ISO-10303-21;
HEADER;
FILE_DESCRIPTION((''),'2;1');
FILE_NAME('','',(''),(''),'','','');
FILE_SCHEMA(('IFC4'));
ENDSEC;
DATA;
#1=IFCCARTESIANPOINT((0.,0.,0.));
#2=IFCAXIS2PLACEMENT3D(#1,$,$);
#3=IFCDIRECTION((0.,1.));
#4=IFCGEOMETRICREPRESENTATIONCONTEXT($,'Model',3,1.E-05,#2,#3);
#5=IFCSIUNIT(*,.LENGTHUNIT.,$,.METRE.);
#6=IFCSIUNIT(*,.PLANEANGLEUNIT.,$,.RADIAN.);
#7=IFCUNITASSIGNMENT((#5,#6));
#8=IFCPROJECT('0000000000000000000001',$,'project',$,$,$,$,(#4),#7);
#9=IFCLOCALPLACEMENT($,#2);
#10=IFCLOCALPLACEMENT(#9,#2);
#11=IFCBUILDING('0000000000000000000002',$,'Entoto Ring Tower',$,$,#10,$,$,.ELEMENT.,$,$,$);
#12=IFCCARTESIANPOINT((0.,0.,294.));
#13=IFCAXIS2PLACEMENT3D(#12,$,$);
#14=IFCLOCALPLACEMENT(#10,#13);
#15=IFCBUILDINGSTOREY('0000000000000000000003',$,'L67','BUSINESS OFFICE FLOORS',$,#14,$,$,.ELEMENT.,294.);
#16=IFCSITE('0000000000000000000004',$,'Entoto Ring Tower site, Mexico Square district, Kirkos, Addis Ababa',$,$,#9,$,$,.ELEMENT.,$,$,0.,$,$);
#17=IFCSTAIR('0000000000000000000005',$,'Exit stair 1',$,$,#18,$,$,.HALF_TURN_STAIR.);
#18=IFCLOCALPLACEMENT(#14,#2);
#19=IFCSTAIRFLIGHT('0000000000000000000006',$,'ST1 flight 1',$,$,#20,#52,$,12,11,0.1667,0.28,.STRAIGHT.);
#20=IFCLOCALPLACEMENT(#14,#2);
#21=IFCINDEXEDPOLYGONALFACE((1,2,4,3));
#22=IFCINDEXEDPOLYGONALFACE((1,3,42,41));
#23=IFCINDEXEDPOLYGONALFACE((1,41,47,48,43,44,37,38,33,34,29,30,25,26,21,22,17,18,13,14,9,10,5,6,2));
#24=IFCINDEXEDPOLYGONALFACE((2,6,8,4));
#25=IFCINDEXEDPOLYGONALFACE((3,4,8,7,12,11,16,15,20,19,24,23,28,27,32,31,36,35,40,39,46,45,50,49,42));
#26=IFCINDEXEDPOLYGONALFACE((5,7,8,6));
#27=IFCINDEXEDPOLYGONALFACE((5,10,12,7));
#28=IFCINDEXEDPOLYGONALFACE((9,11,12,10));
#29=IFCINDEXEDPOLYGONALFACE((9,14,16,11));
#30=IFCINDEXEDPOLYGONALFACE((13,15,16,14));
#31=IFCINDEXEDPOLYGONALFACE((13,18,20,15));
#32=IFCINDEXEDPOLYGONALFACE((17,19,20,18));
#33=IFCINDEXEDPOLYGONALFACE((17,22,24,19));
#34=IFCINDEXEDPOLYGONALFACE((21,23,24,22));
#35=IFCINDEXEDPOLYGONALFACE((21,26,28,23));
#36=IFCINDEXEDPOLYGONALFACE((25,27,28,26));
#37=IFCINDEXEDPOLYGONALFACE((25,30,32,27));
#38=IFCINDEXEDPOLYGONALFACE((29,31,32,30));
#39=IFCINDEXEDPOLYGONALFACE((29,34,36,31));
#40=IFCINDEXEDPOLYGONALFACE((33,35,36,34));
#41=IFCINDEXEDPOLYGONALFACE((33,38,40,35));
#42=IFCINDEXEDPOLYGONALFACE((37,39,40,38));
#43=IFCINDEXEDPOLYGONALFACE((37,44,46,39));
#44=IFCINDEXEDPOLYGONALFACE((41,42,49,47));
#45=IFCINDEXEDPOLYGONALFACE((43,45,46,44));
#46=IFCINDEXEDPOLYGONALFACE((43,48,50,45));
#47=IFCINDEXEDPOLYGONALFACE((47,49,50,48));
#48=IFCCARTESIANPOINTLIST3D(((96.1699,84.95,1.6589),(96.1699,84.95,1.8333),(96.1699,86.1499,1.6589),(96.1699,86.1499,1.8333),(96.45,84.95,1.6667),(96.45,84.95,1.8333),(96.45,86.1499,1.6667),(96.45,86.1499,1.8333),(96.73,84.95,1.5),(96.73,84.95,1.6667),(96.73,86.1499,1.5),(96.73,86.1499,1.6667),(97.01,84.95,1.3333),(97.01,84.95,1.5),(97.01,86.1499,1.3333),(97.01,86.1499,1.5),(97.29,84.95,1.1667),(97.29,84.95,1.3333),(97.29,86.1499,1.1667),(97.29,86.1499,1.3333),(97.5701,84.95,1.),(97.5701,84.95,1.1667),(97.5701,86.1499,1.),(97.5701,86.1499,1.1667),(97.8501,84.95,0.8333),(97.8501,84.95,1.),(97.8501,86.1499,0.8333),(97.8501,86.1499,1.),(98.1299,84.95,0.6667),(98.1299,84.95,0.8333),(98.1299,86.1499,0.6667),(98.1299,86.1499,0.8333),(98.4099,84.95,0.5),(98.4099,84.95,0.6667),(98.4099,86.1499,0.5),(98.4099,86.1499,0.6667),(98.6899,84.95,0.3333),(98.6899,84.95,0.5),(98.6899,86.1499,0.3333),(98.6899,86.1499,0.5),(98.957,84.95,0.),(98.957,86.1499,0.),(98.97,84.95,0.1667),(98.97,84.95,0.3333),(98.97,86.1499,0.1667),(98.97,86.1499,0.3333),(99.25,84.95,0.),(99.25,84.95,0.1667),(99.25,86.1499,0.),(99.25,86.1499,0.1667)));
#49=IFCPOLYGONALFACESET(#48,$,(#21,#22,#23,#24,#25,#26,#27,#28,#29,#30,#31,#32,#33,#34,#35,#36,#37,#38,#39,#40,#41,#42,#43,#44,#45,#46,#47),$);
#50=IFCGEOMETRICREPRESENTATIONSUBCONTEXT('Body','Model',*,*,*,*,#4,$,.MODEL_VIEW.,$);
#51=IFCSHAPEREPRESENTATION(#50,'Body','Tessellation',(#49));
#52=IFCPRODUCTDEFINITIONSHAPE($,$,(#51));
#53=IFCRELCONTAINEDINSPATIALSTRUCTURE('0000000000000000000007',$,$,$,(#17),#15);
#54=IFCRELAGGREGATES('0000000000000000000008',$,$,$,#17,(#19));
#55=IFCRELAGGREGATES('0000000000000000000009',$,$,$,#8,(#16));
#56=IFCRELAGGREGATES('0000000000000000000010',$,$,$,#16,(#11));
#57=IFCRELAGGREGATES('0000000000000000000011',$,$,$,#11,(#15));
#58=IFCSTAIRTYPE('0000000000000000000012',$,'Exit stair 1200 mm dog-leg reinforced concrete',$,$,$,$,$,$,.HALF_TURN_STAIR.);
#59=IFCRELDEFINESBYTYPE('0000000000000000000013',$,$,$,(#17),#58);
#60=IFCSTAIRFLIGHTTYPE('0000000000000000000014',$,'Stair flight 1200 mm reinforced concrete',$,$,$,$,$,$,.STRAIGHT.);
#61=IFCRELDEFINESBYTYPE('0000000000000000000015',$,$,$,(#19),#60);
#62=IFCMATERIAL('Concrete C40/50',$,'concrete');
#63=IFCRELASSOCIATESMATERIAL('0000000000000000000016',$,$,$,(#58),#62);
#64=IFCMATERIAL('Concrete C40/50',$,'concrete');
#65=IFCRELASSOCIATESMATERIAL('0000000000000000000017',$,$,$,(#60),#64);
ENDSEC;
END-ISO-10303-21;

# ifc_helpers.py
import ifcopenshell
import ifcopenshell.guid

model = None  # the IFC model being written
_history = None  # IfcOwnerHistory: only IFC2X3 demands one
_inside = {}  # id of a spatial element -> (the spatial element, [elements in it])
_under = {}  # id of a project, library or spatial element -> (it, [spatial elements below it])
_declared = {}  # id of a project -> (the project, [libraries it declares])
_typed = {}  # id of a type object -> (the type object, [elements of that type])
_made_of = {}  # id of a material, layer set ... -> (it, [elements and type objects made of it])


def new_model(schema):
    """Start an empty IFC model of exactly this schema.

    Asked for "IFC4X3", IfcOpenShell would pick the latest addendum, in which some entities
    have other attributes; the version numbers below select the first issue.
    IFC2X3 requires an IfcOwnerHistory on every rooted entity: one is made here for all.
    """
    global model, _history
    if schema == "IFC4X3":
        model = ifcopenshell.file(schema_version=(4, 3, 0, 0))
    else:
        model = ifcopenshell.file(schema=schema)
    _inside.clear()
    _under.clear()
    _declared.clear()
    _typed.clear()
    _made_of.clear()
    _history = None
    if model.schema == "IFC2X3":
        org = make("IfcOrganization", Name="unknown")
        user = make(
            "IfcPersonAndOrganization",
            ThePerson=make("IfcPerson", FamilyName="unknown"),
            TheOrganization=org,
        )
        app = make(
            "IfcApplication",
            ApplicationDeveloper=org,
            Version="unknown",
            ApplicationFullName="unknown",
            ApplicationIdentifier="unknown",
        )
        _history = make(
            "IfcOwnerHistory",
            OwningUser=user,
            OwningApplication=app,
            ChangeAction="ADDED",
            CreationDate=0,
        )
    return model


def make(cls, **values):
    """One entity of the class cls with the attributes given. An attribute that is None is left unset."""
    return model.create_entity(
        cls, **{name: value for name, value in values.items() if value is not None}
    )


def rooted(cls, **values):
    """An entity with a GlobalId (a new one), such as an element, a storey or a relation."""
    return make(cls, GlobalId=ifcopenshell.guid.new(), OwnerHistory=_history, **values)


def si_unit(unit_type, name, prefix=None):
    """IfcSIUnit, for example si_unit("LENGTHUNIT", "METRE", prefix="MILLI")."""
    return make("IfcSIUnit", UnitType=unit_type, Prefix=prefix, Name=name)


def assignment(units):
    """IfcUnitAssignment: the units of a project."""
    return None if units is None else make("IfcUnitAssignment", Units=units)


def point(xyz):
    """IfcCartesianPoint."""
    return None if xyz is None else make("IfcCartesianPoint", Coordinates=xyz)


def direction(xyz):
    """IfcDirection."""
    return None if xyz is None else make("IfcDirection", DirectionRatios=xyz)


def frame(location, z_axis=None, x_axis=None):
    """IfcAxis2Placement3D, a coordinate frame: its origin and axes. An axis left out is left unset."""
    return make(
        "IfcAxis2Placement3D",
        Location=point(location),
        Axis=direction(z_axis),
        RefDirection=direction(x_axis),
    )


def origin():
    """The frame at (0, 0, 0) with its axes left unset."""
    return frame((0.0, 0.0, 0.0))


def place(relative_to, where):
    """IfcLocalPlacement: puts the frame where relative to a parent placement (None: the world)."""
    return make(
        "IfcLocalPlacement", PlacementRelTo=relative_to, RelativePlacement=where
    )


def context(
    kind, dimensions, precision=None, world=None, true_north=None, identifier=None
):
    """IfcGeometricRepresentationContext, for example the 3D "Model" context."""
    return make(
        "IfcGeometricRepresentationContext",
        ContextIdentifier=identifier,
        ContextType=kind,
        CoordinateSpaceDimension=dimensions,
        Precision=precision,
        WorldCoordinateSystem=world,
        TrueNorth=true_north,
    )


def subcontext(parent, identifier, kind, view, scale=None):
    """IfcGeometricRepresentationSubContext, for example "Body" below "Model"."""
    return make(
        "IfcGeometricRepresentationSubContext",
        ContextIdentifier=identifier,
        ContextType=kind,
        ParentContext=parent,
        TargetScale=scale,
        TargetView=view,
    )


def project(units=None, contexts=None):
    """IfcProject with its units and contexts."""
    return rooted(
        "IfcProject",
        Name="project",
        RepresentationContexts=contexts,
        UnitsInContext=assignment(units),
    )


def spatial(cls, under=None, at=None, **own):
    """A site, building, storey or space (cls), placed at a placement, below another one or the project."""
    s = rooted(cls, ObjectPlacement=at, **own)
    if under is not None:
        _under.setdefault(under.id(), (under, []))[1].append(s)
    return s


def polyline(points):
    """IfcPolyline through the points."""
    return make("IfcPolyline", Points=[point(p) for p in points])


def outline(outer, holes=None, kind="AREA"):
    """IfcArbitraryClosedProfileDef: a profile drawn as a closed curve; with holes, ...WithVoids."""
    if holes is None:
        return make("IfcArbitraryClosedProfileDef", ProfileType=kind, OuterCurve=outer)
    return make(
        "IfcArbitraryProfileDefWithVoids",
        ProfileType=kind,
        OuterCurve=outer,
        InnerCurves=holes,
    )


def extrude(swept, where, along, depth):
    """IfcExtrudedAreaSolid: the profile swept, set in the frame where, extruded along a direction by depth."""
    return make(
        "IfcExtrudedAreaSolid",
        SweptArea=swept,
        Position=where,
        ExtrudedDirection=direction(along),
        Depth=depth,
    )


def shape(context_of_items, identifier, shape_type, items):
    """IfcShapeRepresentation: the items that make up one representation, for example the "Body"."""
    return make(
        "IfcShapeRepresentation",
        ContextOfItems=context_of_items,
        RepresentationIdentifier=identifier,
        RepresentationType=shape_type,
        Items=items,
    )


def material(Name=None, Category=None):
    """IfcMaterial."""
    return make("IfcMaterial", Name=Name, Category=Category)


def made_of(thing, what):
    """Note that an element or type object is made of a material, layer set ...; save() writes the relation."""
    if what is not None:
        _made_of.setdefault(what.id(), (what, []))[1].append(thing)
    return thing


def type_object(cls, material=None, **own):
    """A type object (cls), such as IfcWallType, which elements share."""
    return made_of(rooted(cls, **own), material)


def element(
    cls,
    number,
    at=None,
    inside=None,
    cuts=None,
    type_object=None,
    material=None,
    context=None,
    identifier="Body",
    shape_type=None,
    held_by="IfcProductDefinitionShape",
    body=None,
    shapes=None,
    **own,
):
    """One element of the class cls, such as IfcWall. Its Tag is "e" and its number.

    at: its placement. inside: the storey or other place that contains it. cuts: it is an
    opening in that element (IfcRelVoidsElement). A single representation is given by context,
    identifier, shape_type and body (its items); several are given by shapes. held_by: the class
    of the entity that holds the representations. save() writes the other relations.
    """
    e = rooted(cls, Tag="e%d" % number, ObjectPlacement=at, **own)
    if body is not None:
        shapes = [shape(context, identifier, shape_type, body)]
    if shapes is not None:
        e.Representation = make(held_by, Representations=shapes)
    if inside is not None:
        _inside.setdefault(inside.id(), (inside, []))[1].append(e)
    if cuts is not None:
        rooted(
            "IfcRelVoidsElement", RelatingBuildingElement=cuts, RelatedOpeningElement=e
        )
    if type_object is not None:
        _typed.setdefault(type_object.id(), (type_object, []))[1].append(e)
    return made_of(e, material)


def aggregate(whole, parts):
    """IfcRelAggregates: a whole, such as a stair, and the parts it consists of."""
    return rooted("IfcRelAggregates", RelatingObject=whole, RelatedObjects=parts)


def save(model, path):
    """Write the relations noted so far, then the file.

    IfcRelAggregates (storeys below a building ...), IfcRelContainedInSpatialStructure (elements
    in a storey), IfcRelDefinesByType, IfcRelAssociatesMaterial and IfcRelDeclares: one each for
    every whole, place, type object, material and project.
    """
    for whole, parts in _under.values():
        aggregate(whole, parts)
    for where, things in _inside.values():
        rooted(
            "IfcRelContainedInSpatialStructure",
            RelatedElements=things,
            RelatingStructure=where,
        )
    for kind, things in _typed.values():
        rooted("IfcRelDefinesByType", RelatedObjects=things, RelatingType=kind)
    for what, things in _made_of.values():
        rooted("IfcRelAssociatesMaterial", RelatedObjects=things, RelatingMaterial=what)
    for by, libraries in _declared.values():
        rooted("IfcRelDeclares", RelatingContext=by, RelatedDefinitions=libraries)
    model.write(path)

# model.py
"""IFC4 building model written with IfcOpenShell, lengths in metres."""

from ifc_helpers import new_model, si_unit, direction, frame, origin, place, context, subcontext, project, spatial, polyline, outline, extrude, material, type_object, element, aggregate, save


model = new_model("IFC4")

# Units and contexts
model_context = context("Model", 3, precision=1e-05, world=origin(), true_north=direction((0.0, 1.0)))
body_context = subcontext(model_context, "Body", "Model", "MODEL_VIEW")
ifc_project = project(units=[si_unit("LENGTHUNIT", "METRE"), si_unit("PLANEANGLEUNIT", "RADIAN")], contexts=[model_context])

# Site, building, storey
site_placement = place(None, origin())
site = spatial("IfcSite", under=ifc_project, at=site_placement, Name="Entoto Ring Tower site, Mexico Square district, Kirkos, Addis Ababa", CompositionType="ELEMENT", RefElevation=0.0)
building_placement = place(site_placement, origin())
building = spatial("IfcBuilding", under=site, at=building_placement, Name="Entoto Ring Tower", CompositionType="ELEMENT")
storey_placement = place(building_placement, frame((0.0, 0.0, 294.0)))
storey = spatial("IfcBuildingStorey", under=building, at=storey_placement, Name="L67", Description="BUSINESS OFFICE FLOORS", CompositionType="ELEMENT", Elevation=294.0)

# Stair, stair flight
ifc_material_1 = material(Name="Concrete C40/50", Category="concrete")
stair_type = type_object("IfcStairType", Name="Exit stair 1200 mm dog-leg reinforced concrete", PredefinedType="HALF_TURN_STAIR", material=ifc_material_1)
stair_placement = place(storey_placement, origin())
stair = element("IfcStair", 1, at=stair_placement, inside=storey, type_object=stair_type, Name="Exit stair 1", PredefinedType="HALF_TURN_STAIR")
ifc_material_2 = material(Name="Concrete C40/50", Category="concrete")
stair_flight_type = type_object("IfcStairFlightType", Name="Stair flight 1200 mm reinforced concrete", PredefinedType="STRAIGHT", material=ifc_material_2)
stair_flight_placement = place(storey_placement, frame((99.25, 85.55, 0.0), z_axis=(0.0, 0.0, 1.0), x_axis=(-1.0, 0.0, 0.0)))
stair_flight = element("IfcStairFlight", 2, at=stair_flight_placement, type_object=stair_flight_type, Name="ST1 flight 1", NumberOfRisers=12, NumberOfTreads=11, PredefinedType="STRAIGHT", RiserHeight=0.1667, TreadLength=0.28, context=body_context, shape_type="SweptSolid", body=[
    extrude(outline(polyline([(0.0, 0.0), (0.0, 0.1667), (0.28, 0.1667), (0.28, 0.3333), (0.5601, 0.3333), (0.5601, 0.5), (0.8401, 0.5), (0.8401, 0.6667), (1.1201, 0.6667), (1.1201, 0.8333), (1.3999, 0.8333), (1.3999, 1.0), (1.6799, 1.0), (1.6799, 1.1667), (1.96, 1.1667), (1.96, 1.3333), (2.24, 1.3333), (2.24, 1.5), (2.52, 1.5), (2.52, 1.6667), (2.8, 1.6667), (2.8, 1.8333), (3.0801, 1.8333), (3.0801, 2.0), (3.0801, 1.6589), (0.293, 0.0), (0.0, 0.0)])), frame((0.0, 0.6001, 0.0), z_axis=(0.0, -1.0, 0.0), x_axis=(1.0, 0.0, 0.0)), (0.0, 0.0, 1.0), 1.2),
])
aggregate(stair, [stair_flight])

save(model, "model.ifc")
